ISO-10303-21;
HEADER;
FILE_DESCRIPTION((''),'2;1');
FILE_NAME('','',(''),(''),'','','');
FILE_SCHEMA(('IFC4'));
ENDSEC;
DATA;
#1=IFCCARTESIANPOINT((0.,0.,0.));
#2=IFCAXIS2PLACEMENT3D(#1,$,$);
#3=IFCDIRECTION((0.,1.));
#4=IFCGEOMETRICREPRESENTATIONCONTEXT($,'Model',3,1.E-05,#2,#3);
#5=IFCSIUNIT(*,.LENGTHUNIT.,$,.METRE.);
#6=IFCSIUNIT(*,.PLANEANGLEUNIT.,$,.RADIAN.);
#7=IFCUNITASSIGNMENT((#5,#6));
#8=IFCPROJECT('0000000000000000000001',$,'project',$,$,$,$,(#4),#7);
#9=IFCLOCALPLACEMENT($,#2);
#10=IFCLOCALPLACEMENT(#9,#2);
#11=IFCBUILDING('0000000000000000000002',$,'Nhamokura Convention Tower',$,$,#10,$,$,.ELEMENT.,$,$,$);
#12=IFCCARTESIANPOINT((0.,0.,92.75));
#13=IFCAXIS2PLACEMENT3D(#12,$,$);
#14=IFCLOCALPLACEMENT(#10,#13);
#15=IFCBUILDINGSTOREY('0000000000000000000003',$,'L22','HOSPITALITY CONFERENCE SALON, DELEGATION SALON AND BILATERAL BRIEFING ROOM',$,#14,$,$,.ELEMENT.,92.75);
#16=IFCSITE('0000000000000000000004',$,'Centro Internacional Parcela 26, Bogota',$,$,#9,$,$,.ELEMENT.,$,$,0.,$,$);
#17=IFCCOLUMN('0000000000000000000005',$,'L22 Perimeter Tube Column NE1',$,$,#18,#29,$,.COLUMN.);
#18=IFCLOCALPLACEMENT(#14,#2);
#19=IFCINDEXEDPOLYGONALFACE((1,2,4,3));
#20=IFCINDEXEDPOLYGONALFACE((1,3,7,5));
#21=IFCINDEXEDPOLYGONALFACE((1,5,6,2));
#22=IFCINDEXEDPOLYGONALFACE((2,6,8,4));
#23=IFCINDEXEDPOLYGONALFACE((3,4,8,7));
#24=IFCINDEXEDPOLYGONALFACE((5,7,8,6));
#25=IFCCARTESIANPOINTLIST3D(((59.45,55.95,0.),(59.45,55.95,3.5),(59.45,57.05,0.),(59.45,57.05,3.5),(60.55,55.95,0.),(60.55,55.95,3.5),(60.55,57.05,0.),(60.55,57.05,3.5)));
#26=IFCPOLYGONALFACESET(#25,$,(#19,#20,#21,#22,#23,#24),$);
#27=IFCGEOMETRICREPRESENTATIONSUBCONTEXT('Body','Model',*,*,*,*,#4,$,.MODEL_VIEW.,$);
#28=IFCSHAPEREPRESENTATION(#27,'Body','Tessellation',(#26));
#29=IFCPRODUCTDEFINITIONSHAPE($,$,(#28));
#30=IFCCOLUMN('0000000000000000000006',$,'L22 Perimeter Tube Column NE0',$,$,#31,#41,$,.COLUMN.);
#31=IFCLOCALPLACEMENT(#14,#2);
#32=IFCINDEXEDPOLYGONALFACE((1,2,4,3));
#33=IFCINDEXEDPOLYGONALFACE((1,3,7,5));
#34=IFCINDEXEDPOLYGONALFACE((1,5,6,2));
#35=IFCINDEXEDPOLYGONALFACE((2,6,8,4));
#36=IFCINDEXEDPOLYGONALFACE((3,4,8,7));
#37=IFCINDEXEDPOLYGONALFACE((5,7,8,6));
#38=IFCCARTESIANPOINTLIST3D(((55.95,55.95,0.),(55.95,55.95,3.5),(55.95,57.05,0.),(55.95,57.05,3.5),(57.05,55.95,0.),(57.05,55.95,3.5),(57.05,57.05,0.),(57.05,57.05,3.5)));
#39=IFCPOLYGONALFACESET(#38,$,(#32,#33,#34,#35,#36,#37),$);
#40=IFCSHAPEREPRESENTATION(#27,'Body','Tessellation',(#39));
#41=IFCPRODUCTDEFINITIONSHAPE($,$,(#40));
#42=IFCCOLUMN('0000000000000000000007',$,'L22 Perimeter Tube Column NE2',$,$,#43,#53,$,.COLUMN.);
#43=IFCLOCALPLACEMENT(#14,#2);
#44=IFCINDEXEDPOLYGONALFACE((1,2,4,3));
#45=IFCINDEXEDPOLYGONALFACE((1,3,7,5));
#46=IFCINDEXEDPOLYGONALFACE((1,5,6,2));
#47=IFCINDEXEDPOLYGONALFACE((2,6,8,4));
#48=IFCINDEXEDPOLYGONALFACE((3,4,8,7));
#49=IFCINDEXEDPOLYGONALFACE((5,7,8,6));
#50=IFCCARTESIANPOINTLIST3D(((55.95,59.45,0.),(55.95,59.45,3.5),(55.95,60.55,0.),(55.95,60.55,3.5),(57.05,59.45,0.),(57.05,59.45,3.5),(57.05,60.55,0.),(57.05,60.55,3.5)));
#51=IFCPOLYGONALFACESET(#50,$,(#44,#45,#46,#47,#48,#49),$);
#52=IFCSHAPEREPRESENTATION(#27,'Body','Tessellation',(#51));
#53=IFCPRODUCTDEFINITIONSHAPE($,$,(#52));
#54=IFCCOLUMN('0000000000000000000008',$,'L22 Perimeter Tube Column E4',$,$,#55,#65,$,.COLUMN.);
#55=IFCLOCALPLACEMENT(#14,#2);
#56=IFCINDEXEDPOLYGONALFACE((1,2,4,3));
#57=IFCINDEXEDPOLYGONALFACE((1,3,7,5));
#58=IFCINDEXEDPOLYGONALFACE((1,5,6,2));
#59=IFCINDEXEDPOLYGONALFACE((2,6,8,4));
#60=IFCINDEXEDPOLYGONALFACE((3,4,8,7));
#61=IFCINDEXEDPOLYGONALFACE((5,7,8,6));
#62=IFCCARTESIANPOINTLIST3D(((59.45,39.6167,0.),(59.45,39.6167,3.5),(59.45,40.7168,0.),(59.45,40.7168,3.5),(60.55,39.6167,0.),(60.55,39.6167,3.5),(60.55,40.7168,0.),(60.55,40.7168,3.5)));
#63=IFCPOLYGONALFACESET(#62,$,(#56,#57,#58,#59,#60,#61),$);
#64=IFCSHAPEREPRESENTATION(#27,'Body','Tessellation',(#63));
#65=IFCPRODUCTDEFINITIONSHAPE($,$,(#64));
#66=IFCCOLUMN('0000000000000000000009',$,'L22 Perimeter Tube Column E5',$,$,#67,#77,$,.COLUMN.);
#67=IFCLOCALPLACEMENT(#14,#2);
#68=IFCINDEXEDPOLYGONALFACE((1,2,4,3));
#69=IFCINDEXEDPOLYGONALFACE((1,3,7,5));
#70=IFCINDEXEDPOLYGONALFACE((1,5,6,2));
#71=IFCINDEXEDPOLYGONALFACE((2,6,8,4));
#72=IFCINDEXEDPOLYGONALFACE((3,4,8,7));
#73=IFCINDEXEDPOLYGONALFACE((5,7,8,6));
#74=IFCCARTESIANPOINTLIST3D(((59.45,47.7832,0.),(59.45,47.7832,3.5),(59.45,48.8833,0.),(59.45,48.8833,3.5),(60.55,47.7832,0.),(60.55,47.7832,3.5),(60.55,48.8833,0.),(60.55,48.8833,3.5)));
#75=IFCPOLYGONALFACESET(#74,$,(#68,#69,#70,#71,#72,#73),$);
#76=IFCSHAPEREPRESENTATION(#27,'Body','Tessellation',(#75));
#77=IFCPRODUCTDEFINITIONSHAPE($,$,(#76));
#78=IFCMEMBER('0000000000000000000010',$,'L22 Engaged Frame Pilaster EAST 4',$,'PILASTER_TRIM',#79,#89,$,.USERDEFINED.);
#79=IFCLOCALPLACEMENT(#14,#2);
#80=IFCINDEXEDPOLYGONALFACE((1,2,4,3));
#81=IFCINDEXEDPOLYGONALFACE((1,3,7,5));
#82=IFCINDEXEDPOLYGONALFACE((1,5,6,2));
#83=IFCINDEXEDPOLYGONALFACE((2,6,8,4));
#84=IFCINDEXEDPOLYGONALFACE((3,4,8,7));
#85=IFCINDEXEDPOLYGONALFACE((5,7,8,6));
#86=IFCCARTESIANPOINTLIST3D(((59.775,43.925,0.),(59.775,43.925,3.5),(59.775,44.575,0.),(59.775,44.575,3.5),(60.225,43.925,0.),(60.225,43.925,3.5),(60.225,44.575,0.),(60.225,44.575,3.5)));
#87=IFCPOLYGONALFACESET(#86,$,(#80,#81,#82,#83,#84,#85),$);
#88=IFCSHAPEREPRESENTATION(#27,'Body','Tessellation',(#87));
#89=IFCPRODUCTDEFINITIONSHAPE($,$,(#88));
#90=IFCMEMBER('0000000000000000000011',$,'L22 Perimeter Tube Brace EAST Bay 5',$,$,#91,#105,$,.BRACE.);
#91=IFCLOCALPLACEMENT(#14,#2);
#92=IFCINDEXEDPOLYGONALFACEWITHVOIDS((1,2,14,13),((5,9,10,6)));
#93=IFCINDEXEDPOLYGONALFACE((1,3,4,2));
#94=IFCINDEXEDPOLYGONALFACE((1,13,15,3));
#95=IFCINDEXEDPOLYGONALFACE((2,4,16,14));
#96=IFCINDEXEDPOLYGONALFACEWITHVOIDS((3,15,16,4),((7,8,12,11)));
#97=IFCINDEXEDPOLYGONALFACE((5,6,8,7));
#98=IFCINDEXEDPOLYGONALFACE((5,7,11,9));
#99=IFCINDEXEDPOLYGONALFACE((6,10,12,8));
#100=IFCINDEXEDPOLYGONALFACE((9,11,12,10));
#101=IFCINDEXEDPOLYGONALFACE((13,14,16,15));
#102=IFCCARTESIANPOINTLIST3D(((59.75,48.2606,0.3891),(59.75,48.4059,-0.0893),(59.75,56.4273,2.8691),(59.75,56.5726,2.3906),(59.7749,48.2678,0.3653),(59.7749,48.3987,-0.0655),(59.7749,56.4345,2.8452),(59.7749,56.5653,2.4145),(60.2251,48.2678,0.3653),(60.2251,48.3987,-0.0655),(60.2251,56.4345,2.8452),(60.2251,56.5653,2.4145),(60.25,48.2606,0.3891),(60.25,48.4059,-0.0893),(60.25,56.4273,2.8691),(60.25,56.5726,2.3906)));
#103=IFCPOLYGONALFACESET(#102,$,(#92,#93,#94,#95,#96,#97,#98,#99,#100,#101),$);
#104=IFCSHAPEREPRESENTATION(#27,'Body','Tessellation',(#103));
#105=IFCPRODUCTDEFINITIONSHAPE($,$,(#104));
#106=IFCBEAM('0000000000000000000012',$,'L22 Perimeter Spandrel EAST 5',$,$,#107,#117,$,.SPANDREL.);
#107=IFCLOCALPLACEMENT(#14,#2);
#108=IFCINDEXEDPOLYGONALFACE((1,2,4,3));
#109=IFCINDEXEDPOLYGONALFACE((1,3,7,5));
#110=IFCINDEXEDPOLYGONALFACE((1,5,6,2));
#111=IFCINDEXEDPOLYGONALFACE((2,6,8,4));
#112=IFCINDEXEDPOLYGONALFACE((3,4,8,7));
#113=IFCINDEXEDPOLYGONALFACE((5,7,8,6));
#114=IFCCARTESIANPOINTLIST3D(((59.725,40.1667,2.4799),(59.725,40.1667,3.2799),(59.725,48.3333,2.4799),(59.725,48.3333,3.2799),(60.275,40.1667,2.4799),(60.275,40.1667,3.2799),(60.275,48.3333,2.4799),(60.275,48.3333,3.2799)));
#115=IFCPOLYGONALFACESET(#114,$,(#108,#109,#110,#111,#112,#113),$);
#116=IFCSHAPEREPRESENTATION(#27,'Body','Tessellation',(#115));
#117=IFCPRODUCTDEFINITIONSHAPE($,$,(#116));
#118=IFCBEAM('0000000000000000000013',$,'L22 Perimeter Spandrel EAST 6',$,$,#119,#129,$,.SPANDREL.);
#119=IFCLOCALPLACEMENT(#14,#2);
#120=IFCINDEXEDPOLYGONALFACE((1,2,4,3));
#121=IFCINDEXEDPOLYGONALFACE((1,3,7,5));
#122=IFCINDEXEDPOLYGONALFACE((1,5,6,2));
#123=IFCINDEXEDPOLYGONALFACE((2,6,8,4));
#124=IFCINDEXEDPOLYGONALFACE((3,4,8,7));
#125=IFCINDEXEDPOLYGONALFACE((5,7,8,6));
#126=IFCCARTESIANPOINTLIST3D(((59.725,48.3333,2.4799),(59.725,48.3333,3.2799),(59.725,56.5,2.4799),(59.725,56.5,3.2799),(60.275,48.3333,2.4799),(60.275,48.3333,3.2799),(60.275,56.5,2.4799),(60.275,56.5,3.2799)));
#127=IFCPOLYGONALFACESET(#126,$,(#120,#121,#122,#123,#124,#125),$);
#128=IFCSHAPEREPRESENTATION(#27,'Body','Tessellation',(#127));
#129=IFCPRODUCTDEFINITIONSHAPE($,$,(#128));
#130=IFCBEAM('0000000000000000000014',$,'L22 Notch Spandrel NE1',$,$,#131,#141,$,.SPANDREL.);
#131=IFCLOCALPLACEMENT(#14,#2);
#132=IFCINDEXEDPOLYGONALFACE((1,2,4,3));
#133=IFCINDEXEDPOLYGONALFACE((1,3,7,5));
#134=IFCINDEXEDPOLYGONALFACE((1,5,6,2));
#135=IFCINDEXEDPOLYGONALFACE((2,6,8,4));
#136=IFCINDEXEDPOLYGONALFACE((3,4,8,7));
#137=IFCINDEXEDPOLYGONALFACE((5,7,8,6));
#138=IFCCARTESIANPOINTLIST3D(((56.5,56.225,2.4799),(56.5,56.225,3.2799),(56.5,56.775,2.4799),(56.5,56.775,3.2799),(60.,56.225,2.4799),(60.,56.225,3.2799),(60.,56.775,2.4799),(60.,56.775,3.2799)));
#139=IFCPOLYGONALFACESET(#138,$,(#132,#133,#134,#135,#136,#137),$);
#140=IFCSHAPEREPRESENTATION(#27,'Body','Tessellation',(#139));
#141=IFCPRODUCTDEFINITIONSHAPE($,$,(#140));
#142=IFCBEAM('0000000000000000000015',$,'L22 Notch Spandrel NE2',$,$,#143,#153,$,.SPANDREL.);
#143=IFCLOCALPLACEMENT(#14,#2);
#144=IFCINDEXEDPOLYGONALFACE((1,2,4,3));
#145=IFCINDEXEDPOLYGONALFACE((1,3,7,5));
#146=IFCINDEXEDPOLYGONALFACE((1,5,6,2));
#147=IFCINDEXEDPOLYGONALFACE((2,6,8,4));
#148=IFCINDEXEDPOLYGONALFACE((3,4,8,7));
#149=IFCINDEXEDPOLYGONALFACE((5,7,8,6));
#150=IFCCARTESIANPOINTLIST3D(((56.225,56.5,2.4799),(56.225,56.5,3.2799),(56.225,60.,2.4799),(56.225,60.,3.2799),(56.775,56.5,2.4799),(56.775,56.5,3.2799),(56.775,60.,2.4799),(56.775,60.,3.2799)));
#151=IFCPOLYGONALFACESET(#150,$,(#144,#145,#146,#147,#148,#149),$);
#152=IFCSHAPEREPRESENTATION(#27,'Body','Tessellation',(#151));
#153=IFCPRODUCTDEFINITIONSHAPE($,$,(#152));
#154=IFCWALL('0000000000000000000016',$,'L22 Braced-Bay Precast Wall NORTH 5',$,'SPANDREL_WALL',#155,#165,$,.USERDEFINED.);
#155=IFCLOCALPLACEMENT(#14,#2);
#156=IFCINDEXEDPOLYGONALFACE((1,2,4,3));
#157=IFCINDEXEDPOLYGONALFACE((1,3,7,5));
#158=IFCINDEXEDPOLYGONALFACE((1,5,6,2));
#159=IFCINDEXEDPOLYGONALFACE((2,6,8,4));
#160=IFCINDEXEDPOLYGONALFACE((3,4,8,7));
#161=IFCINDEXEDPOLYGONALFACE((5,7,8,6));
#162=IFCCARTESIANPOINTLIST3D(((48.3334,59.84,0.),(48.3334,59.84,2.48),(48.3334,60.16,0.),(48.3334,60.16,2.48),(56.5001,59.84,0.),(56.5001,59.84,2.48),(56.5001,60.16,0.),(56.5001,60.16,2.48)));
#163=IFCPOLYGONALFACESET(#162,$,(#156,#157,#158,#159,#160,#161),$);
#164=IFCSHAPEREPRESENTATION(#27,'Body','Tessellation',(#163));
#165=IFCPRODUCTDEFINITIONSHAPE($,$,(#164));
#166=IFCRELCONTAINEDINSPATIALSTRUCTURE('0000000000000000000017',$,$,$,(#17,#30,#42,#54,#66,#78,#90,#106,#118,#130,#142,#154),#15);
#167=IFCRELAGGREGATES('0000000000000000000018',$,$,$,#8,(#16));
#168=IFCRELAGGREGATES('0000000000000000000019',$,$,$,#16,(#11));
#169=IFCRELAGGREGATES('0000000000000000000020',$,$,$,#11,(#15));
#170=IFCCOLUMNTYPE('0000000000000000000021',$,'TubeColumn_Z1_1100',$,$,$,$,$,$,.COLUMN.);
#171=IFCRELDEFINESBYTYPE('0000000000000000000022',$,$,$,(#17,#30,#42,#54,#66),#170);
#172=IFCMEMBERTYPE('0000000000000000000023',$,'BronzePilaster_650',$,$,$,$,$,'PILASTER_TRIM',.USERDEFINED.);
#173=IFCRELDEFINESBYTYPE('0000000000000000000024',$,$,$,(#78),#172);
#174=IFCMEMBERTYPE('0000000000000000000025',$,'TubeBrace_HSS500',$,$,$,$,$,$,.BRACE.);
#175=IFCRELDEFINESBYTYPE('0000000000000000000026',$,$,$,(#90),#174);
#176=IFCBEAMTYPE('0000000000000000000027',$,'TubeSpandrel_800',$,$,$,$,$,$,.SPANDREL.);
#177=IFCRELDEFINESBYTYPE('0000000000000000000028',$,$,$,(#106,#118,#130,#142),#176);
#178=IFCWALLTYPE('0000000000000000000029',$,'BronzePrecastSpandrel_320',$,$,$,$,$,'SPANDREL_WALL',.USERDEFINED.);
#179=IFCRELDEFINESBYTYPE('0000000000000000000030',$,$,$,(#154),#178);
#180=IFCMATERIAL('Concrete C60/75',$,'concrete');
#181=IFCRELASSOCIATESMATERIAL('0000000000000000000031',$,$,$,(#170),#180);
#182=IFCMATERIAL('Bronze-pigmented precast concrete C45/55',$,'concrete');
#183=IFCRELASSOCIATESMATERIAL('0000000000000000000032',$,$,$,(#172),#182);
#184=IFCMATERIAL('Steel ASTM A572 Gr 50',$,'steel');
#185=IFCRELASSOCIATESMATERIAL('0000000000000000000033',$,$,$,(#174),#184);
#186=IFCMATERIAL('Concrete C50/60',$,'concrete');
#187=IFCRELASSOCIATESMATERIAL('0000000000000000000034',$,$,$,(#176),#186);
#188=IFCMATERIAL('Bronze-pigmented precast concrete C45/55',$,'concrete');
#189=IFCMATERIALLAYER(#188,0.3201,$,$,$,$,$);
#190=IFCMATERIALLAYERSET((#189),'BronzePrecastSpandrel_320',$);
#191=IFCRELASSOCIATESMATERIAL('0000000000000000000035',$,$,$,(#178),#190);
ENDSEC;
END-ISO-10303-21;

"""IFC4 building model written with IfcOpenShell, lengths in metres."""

from ifc_helpers import new_model, si_unit, direction, frame, frame_2d, origin, origin_2d, place, context, subcontext, project, spatial, rectangle, hollow_rectangle, extrude, material, layer, layer_set, material_profile, profile_set, type_object, element, save


model = new_model("IFC4")

# Units and contexts
model_context = context("Model", 3, precision=1e-05, world=origin(), true_north=direction((0.0, 1.0)))
body_context = subcontext(model_context, "Body", "Model", "MODEL_VIEW")
ifc_project = project(units=[si_unit("LENGTHUNIT", "METRE"), si_unit("PLANEANGLEUNIT", "RADIAN")], contexts=[model_context])

# Site, building, storey
site_placement = place(None, origin())
site = spatial("IfcSite", under=ifc_project, at=site_placement, Name="Centro Internacional Parcela 26, Bogota", CompositionType="ELEMENT", RefElevation=0.0)
building_placement = place(site_placement, origin())
building = spatial("IfcBuilding", under=site, at=building_placement, Name="Nhamokura Convention Tower", CompositionType="ELEMENT")
storey_placement = place(building_placement, frame((0.0, 0.0, 92.75)))
storey = spatial("IfcBuildingStorey", under=building, at=storey_placement, Name="L22", Description="HOSPITALITY CONFERENCE SALON, DELEGATION SALON AND BILATERAL BRIEFING ROOM", CompositionType="ELEMENT", Elevation=92.75)

# Columns
ifc_material_1 = material(Name="Concrete C60/75", Category="concrete")
ifc_material_profile_1 = material_profile(ifc_material_1, rectangle(XDim=1.1001, YDim=1.1001, at=origin_2d()))
ifc_profile_set_1 = profile_set([ifc_material_profile_1], Name="Concrete C60/75")
column_type = type_object("IfcColumnType", Name="TubeColumn_Z1_1100", PredefinedType="COLUMN", material=ifc_profile_set_1)
for number, where, z_axis, x_axis, name in (
    (1, (60.0, 56.5, 0.0), (0.0, 0.0, 1.0), (1.0, 0.0, 0.0), "L22 Perimeter Tube Column NE1"),
    (2, (56.5, 56.5, 0.0), (0.0, 0.0, 1.0), (1.0, 0.0, 0.0), "L22 Perimeter Tube Column NE0"),
    (3, (56.5, 60.0, 0.0), (0.0, 0.0, 1.0), (1.0, 0.0, 0.0), "L22 Perimeter Tube Column NE2"),
    (4, (60.0, 40.1667, 0.0), (0.0, 0.0, 1.0), (1.0, 0.0, 0.0), "L22 Perimeter Tube Column E4"),
    (5, (60.0, 48.3333, 0.0), (0.0, 0.0, 1.0), (1.0, 0.0, 0.0), "L22 Perimeter Tube Column E5"),
):
    element("IfcColumn", number, at=place(storey_placement, frame(where, z_axis=z_axis, x_axis=x_axis)), inside=storey, type_object=column_type, Name=name, PredefinedType="COLUMN", context=body_context, shape_type="SweptSolid", body=[
        extrude(rectangle(XDim=1.1001, YDim=1.1001, at=origin_2d()), origin(), (0.0, 0.0, 1.0), 3.5),
    ])

# Members
ifc_material_2 = material(Name="Bronze-pigmented precast concrete C45/55", Category="concrete")
ifc_material_profile_2 = material_profile(ifc_material_2, rectangle(XDim=0.45, YDim=0.6499, at=origin_2d()))
ifc_profile_set_2 = profile_set([ifc_material_profile_2], Name="Bronze-pigmented precast concrete C45/55")
member_type_1 = type_object("IfcMemberType", Name="BronzePilaster_650", ElementType="PILASTER_TRIM", PredefinedType="USERDEFINED", material=ifc_profile_set_2)
member_1_placement = place(storey_placement, frame((60.0, 44.25, 0.0), z_axis=(0.0, 0.0, 1.0), x_axis=(1.0, 0.0, 0.0)))
element("IfcMember", 6, at=member_1_placement, inside=storey, type_object=member_type_1, Name="L22 Engaged Frame Pilaster EAST 4", ObjectType="PILASTER_TRIM", PredefinedType="USERDEFINED", context=body_context, shape_type="SweptSolid", body=[
    extrude(rectangle(XDim=0.45, YDim=0.6499, at=origin_2d()), origin(), (0.0, 0.0, 1.0), 3.5),
])
ifc_material_3 = material(Name="Steel ASTM A572 Gr 50", Category="steel")
ifc_material_profile_3 = material_profile(ifc_material_3, hollow_rectangle(XDim=0.5, YDim=0.5, WallThickness=0.0249, at=origin_2d()))
ifc_profile_set_3 = profile_set([ifc_material_profile_3], Name="Steel ASTM A572 Gr 50")
member_type_2 = type_object("IfcMemberType", Name="TubeBrace_HSS500", PredefinedType="BRACE", material=ifc_profile_set_3)
member_2_placement = place(storey_placement, frame((60.0, 48.3333, 0.1499), z_axis=(0.0, 0.956855, 0.290566), x_axis=(-1.0, 0.0, 0.0)))
element("IfcMember", 7, at=member_2_placement, inside=storey, type_object=member_type_2, Name="L22 Perimeter Tube Brace EAST Bay 5", PredefinedType="BRACE", context=body_context, shape_type="SweptSolid", body=[
    extrude(hollow_rectangle(XDim=0.5, YDim=0.5, WallThickness=0.0249, at=origin_2d()), origin(), (0.0, 0.0, 1.0), 8.5349),
])

# Beams
ifc_material_4 = material(Name="Concrete C50/60", Category="concrete")
ifc_material_profile_4 = material_profile(ifc_material_4, rectangle(XDim=0.55, YDim=0.8, at=origin_2d()))
ifc_profile_set_4 = profile_set([ifc_material_profile_4], Name="Concrete C50/60")
beam_type = type_object("IfcBeamType", Name="TubeSpandrel_800", PredefinedType="SPANDREL", material=ifc_profile_set_4)
beam_1_placement = place(storey_placement, frame((60.0, 40.1667, 2.8799), z_axis=(0.0, 1.0, 0.0), x_axis=(-1.0, 0.0, 0.0)))
element("IfcBeam", 8, at=beam_1_placement, inside=storey, type_object=beam_type, Name="L22 Perimeter Spandrel EAST 5", PredefinedType="SPANDREL", context=body_context, shape_type="SweptSolid", body=[
    extrude(rectangle(XDim=0.55, YDim=0.8, at=origin_2d()), origin(), (0.0, 0.0, 1.0), 8.1665),
])
beam_2_placement = place(storey_placement, frame((60.0, 48.3333, 2.8799), z_axis=(0.0, 1.0, 0.0), x_axis=(-1.0, 0.0, 0.0)))
element("IfcBeam", 9, at=beam_2_placement, inside=storey, type_object=beam_type, Name="L22 Perimeter Spandrel EAST 6", PredefinedType="SPANDREL", context=body_context, shape_type="SweptSolid", body=[
    extrude(rectangle(XDim=0.55, YDim=0.8, at=origin_2d()), origin(), (0.0, 0.0, 1.0), 8.1667),
])
for number, where, z_axis, x_axis, name in (
    (10, (60.0, 56.5, 2.8799), (-1.0, 0.0, 0.0), (0.0, -1.0, 0.0), "L22 Notch Spandrel NE1"),
    (11, (56.5, 56.5, 2.8799), (0.0, 1.0, 0.0), (-1.0, 0.0, 0.0), "L22 Notch Spandrel NE2"),
):
    element("IfcBeam", number, at=place(storey_placement, frame(where, z_axis=z_axis, x_axis=x_axis)), inside=storey, type_object=beam_type, Name=name, PredefinedType="SPANDREL", context=body_context, shape_type="SweptSolid", body=[
        extrude(rectangle(XDim=0.55, YDim=0.8, at=origin_2d()), origin(), (0.0, 0.0, 1.0), 3.5),
    ])

# Wall
ifc_material_5 = material(Name="Bronze-pigmented precast concrete C45/55", Category="concrete")
ifc_layer = layer(ifc_material_5, 0.3201)
ifc_layer_set = layer_set([ifc_layer], Name="BronzePrecastSpandrel_320")
wall_type = type_object("IfcWallType", Name="BronzePrecastSpandrel_320", ElementType="SPANDREL_WALL", PredefinedType="USERDEFINED", material=ifc_layer_set)
wall_1_placement = place(storey_placement, frame((48.3333, 60.0, 0.0), z_axis=(0.0, 0.0, 1.0), x_axis=(1.0, 0.0, 0.0)))
element("IfcWall", 12, at=wall_1_placement, inside=storey, type_object=wall_type, Name="L22 Braced-Bay Precast Wall NORTH 5", ObjectType="SPANDREL_WALL", PredefinedType="USERDEFINED", context=body_context, shape_type="SweptSolid", body=[
    extrude(rectangle(XDim=8.1667, YDim=0.3201, at=frame_2d((4.0835, 0.0))), origin(), (0.0, 0.0, 1.0), 2.48),
])

save(model, "model.ifc")
